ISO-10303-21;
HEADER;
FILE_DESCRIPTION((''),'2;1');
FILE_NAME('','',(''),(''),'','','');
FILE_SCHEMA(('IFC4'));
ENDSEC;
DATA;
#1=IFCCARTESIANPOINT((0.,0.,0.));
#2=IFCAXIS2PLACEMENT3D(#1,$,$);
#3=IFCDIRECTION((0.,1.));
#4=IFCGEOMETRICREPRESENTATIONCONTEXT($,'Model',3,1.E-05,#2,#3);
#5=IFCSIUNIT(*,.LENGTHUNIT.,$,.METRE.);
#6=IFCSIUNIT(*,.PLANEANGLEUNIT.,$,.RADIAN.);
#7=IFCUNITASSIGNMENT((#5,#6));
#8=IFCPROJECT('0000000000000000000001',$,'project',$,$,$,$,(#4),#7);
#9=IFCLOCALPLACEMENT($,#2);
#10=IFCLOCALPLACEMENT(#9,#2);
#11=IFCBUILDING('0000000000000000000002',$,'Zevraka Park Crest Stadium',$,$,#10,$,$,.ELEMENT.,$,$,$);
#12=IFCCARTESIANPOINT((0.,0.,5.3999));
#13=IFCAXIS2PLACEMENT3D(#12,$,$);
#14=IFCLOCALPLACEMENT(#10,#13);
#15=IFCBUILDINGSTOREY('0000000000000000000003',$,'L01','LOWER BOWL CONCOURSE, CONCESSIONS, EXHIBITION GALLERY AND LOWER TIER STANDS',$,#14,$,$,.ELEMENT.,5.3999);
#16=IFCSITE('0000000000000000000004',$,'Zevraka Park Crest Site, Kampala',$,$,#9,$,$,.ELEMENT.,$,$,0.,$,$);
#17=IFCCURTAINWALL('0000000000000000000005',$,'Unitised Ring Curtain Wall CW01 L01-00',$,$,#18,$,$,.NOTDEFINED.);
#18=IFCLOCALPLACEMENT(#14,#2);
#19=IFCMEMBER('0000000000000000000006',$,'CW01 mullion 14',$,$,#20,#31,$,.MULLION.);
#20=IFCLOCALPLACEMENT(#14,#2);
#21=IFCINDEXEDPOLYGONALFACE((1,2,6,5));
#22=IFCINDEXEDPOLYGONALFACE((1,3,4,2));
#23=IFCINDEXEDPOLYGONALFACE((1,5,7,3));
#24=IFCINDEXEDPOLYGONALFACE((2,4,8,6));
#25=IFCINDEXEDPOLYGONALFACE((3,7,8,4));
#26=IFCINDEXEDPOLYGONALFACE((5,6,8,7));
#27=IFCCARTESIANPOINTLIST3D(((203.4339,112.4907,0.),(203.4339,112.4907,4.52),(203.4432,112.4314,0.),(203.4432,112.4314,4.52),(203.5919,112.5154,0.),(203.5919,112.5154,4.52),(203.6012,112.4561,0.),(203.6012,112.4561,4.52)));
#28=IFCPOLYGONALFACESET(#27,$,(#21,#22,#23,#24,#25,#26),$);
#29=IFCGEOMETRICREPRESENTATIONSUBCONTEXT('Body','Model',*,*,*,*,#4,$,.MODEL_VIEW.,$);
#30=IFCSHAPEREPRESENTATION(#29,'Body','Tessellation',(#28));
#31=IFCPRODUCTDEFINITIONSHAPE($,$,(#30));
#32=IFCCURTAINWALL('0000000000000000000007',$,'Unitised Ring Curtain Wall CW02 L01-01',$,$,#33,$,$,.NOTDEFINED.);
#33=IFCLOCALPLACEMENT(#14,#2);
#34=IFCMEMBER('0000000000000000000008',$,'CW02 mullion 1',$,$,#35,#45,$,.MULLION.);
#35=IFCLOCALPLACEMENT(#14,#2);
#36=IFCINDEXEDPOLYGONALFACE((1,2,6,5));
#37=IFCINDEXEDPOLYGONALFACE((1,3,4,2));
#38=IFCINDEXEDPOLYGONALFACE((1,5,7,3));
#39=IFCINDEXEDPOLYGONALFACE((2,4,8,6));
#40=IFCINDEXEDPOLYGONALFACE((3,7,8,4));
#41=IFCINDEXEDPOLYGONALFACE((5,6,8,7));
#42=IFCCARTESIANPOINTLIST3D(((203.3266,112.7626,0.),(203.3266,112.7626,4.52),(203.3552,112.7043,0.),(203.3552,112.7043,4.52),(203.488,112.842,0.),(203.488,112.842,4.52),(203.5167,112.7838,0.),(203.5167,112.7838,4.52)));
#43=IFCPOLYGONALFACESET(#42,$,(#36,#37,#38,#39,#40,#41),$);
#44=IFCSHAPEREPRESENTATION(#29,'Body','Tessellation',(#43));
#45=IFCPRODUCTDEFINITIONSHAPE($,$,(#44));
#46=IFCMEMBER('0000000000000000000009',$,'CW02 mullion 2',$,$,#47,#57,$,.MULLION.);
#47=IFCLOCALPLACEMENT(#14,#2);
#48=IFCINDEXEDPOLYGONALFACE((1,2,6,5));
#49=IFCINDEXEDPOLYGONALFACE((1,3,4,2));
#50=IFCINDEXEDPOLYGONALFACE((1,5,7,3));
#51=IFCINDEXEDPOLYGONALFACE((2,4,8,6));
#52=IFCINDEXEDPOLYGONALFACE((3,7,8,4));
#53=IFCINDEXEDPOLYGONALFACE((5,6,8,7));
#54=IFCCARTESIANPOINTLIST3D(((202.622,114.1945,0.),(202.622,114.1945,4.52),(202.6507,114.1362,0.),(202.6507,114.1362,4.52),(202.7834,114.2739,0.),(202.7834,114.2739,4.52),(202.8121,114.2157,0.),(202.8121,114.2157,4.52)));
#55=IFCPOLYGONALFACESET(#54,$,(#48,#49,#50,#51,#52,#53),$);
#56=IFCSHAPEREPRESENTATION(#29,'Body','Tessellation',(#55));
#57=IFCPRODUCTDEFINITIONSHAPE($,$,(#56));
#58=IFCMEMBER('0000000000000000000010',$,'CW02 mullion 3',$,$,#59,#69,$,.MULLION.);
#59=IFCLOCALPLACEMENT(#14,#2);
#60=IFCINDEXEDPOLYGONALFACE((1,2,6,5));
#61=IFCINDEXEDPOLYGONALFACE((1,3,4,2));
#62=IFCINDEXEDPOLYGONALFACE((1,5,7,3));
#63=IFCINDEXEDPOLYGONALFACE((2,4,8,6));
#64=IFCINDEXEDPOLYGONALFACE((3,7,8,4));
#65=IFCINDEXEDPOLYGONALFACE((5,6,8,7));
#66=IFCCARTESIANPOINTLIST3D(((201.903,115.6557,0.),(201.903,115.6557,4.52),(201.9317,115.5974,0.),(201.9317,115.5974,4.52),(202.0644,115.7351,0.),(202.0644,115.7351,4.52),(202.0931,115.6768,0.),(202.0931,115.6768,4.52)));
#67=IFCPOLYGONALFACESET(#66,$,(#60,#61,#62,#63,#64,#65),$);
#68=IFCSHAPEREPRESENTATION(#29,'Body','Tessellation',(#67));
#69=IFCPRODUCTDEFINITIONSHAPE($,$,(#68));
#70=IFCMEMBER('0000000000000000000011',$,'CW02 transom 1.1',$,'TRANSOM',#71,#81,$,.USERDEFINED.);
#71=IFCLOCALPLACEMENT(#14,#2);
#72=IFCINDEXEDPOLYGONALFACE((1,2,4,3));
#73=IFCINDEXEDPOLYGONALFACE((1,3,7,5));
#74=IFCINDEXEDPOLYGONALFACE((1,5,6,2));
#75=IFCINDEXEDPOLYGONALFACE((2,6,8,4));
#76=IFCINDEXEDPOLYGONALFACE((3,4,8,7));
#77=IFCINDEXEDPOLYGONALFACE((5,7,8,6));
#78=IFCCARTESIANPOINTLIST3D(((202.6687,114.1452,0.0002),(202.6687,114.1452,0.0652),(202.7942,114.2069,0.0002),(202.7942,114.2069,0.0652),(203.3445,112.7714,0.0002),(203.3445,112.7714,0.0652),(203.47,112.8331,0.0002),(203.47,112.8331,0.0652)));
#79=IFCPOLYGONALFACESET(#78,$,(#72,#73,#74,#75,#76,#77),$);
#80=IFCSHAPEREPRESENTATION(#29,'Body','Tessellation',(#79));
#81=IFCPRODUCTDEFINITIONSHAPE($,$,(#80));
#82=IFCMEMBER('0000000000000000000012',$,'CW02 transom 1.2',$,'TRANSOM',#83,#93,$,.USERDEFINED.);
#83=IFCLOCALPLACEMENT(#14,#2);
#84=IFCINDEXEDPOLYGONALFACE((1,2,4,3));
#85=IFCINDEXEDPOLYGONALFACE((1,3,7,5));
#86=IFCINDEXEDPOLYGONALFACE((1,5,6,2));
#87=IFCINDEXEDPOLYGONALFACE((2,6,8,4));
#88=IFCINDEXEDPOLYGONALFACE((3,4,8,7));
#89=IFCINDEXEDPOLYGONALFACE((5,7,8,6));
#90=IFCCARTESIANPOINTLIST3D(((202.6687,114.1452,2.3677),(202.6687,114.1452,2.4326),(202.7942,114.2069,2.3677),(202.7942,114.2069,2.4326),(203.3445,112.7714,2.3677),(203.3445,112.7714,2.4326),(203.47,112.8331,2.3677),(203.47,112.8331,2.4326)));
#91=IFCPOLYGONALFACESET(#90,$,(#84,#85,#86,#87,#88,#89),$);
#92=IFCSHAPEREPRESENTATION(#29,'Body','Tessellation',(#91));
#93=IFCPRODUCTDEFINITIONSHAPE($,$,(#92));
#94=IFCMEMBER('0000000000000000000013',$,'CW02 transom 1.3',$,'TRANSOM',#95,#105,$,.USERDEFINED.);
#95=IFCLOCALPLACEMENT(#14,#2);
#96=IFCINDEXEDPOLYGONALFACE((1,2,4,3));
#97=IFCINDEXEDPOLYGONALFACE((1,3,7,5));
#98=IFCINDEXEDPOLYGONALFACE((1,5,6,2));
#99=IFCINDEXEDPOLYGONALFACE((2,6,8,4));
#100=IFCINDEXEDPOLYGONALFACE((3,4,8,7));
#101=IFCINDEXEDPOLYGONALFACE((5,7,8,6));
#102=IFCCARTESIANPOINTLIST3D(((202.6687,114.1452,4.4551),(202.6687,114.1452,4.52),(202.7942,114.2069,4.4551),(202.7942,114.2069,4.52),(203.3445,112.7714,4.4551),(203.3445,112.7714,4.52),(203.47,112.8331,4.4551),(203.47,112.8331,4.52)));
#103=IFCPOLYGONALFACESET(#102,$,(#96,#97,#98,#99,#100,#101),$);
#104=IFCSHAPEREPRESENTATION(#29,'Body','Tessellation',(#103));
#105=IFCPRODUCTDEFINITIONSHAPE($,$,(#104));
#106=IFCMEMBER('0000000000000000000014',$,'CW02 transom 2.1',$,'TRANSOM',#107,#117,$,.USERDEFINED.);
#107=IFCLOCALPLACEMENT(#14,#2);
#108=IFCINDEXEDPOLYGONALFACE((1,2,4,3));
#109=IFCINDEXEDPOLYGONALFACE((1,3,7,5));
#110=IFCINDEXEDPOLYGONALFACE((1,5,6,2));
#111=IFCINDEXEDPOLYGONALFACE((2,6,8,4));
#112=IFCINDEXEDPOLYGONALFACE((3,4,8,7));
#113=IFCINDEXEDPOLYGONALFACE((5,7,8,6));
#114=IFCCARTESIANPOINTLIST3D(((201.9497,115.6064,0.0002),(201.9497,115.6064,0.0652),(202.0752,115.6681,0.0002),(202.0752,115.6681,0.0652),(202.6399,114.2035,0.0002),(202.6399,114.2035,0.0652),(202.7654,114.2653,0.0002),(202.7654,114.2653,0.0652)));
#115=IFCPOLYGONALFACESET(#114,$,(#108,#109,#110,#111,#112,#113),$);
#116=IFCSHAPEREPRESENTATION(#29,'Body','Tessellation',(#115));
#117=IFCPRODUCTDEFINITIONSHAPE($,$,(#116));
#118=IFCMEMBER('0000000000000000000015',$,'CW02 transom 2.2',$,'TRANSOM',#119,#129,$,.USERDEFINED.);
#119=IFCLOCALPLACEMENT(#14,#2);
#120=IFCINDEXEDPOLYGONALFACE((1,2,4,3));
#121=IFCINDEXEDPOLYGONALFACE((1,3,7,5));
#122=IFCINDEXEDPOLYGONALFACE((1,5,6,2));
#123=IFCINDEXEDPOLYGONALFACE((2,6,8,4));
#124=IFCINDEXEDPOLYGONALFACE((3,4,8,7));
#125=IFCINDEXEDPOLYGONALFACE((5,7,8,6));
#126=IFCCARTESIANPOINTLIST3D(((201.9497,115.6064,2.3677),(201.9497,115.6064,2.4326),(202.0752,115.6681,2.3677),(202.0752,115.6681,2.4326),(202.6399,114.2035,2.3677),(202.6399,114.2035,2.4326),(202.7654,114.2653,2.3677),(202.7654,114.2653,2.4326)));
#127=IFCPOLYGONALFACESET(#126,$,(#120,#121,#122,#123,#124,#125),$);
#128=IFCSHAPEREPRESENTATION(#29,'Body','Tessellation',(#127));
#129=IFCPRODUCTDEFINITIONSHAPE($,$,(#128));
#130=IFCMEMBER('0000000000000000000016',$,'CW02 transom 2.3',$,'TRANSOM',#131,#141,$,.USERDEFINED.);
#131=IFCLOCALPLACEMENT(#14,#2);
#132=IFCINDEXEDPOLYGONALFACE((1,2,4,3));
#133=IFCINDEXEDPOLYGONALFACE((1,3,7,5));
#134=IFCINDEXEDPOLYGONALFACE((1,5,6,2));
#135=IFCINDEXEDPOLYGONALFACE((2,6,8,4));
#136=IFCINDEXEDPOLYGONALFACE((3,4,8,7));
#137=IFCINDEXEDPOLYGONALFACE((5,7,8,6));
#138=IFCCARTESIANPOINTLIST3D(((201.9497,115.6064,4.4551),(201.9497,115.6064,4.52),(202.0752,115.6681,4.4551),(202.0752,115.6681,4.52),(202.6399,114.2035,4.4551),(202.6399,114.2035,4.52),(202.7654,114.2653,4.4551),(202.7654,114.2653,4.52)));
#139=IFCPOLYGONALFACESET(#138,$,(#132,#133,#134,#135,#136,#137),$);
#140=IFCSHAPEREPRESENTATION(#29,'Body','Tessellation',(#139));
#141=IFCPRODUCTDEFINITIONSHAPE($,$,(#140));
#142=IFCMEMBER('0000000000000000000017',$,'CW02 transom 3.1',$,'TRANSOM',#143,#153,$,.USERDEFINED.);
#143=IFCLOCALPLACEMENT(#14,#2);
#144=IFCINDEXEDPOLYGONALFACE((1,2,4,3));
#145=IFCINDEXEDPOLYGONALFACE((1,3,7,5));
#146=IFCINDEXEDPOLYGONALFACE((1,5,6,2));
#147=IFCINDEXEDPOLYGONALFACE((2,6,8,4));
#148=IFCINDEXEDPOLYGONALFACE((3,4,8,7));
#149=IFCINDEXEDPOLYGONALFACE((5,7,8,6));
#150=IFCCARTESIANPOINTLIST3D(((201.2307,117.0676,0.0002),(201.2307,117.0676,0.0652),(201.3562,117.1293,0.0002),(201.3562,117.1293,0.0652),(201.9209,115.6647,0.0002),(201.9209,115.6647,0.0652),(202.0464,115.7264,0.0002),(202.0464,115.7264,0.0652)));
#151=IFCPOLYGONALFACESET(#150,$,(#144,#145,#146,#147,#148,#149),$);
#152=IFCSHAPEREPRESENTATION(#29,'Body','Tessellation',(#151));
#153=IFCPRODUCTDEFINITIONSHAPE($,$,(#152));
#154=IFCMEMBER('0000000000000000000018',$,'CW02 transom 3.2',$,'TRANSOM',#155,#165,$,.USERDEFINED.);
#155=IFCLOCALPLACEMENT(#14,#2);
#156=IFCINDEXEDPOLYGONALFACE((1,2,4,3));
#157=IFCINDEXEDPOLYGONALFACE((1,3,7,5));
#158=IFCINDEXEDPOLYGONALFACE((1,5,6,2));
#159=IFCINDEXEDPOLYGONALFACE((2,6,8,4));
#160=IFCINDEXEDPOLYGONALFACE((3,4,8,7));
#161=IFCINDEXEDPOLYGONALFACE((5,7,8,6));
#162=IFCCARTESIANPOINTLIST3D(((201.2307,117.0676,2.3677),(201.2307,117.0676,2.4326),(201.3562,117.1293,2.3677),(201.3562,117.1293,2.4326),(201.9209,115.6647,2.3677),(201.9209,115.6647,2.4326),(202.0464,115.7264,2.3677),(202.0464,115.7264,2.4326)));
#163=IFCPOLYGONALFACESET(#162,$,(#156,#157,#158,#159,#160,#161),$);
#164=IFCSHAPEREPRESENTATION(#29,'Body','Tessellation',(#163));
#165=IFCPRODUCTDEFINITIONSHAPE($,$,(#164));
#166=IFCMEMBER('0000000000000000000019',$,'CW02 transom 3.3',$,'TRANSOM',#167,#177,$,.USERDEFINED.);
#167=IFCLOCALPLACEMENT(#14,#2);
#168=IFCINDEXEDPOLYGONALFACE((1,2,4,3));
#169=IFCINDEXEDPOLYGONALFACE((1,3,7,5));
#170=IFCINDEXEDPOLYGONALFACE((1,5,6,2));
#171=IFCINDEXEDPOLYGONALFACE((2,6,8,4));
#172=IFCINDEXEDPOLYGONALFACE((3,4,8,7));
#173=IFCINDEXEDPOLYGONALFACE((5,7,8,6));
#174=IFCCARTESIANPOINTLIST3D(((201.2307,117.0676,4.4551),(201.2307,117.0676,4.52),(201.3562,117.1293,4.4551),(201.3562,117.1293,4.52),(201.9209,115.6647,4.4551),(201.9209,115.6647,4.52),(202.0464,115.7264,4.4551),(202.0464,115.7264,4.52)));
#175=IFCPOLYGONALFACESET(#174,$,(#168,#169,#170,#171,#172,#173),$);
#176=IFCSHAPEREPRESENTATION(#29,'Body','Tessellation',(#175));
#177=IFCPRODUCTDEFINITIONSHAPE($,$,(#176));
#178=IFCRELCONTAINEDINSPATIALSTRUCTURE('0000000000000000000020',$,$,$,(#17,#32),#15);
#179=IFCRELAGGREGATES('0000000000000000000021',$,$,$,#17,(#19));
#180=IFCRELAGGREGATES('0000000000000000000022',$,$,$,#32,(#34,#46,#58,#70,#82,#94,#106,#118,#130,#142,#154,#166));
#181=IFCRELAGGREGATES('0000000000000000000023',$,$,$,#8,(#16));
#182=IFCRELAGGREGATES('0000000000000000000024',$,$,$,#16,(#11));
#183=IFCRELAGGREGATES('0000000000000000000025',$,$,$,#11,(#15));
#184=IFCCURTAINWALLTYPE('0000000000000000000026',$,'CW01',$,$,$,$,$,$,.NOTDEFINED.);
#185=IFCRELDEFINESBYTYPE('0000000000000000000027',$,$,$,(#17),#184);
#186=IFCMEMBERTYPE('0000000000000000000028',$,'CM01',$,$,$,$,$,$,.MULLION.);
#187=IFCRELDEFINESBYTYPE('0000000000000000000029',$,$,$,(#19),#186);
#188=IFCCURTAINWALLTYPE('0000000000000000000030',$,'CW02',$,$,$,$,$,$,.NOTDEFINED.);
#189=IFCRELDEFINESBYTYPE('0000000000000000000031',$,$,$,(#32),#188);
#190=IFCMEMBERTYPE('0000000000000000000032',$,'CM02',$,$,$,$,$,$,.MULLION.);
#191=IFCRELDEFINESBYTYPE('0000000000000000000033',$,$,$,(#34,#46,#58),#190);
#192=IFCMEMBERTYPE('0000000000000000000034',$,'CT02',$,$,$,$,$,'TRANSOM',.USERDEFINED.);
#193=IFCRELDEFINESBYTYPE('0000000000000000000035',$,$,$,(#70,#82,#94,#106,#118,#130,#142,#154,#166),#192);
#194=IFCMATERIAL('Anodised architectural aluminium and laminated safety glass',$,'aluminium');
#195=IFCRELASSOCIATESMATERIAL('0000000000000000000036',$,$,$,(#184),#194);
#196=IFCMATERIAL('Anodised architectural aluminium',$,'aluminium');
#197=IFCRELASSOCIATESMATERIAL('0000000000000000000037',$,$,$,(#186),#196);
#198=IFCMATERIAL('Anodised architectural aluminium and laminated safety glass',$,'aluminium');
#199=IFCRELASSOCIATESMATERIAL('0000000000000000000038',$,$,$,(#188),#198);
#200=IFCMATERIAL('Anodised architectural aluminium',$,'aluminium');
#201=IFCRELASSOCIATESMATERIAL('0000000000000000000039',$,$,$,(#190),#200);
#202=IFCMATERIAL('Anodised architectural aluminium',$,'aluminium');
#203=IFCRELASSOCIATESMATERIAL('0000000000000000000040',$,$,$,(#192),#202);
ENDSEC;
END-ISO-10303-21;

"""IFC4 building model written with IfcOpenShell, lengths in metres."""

from ifc_helpers import new_model, si_unit, direction, frame, origin, origin_2d, place, context, subcontext, project, spatial, rectangle, extrude, material, material_profile, profile_set, type_object, element, aggregate, save


model = new_model("IFC4")

# Units and contexts
model_context = context("Model", 3, precision=1e-05, world=origin(), true_north=direction((0.0, 1.0)))
body_context = subcontext(model_context, "Body", "Model", "MODEL_VIEW")
ifc_project = project(units=[si_unit("LENGTHUNIT", "METRE"), si_unit("PLANEANGLEUNIT", "RADIAN")], contexts=[model_context])

# Site, building, storey
site_placement = place(None, origin())
site = spatial("IfcSite", under=ifc_project, at=site_placement, Name="Zevraka Park Crest Site, Kampala", CompositionType="ELEMENT", RefElevation=0.0)
building_placement = place(site_placement, origin())
building = spatial("IfcBuilding", under=site, at=building_placement, Name="Zevraka Park Crest Stadium", CompositionType="ELEMENT")
storey_placement = place(building_placement, frame((0.0, 0.0, 5.3999)))
storey = spatial("IfcBuildingStorey", under=building, at=storey_placement, Name="L01", Description="LOWER BOWL CONCOURSE, CONCESSIONS, EXHIBITION GALLERY AND LOWER TIER STANDS", CompositionType="ELEMENT", Elevation=5.3999)

# Curtain wall, member
ifc_material_1 = material(Name="Anodised architectural aluminium and laminated safety glass", Category="aluminium")
curtain_wall_type_1 = type_object("IfcCurtainWallType", Name="CW01", PredefinedType="NOTDEFINED", material=ifc_material_1)
curtain_wall_1_placement = place(storey_placement, origin())
curtain_wall_1 = element("IfcCurtainWall", 1, at=curtain_wall_1_placement, inside=storey, type_object=curtain_wall_type_1, Name="Unitised Ring Curtain Wall CW01 L01-00", PredefinedType="NOTDEFINED")
ifc_material_2 = material(Name="Anodised architectural aluminium", Category="aluminium")
ifc_material_profile_1 = material_profile(ifc_material_2, rectangle(XDim=0.1599, YDim=0.0601, at=origin_2d()), Name="ALU MULLION 160x60")
ifc_profile_set_1 = profile_set([ifc_material_profile_1], Name="Anodised architectural aluminium")
member_type_1 = type_object("IfcMemberType", Name="CM01", PredefinedType="MULLION", material=ifc_profile_set_1)
member_1_placement = place(storey_placement, frame((203.5176, 112.4734, 0.0), z_axis=(0.0, 0.0, 1.0), x_axis=(-0.987997, -0.154476, 0.0)))
member_1 = element("IfcMember", 2, at=member_1_placement, type_object=member_type_1, Name="CW01 mullion 14", PredefinedType="MULLION", context=body_context, shape_type="SweptSolid", body=[
    extrude(rectangle(XDim=0.1599, YDim=0.0601, at=origin_2d()), origin(), (0.0, 0.0, 1.0), 4.52),
])
aggregate(curtain_wall_1, [member_1])

# Curtain wall, members
ifc_material_3 = material(Name="Anodised architectural aluminium and laminated safety glass", Category="aluminium")
curtain_wall_type_2 = type_object("IfcCurtainWallType", Name="CW02", PredefinedType="NOTDEFINED", material=ifc_material_3)
curtain_wall_2_placement = place(storey_placement, origin())
curtain_wall_2 = element("IfcCurtainWall", 3, at=curtain_wall_2_placement, inside=storey, type_object=curtain_wall_type_2, Name="Unitised Ring Curtain Wall CW02 L01-01", PredefinedType="NOTDEFINED")
ifc_material_4 = material(Name="Anodised architectural aluminium", Category="aluminium")
ifc_material_profile_2 = material_profile(ifc_material_4, rectangle(XDim=0.1799, YDim=0.0649, at=origin_2d()), Name="ALU MULLION 180x65")
ifc_profile_set_2 = profile_set([ifc_material_profile_2], Name="Anodised architectural aluminium")
member_type_2 = type_object("IfcMemberType", Name="CM02", PredefinedType="MULLION", material=ifc_profile_set_2)
member_2_placement = place(storey_placement, frame((203.4216, 112.7732, 0.0), z_axis=(0.0, 0.0, 1.0), x_axis=(-0.897253, -0.441517, 0.0)))
member_2 = element("IfcMember", 4, at=member_2_placement, type_object=member_type_2, Name="CW02 mullion 1", PredefinedType="MULLION", context=body_context, shape_type="SweptSolid", body=[
    extrude(rectangle(XDim=0.1799, YDim=0.0649, at=origin_2d()), origin(), (0.0, 0.0, 1.0), 4.52),
])
member_3_placement = place(storey_placement, frame((202.717, 114.2051, 0.0), z_axis=(0.0, 0.0, 1.0), x_axis=(-0.897253, -0.441517, 0.0)))
member_3 = element("IfcMember", 5, at=member_3_placement, type_object=member_type_2, Name="CW02 mullion 2", PredefinedType="MULLION", context=body_context, shape_type="SweptSolid", body=[
    extrude(rectangle(XDim=0.1799, YDim=0.0649, at=origin_2d()), origin(), (0.0, 0.0, 1.0), 4.52),
])
member_4_placement = place(storey_placement, frame((201.998, 115.6663, 0.0), z_axis=(0.0, 0.0, 1.0), x_axis=(-0.897253, -0.441517, 0.0)))
member_4 = element("IfcMember", 6, at=member_4_placement, type_object=member_type_2, Name="CW02 mullion 3", PredefinedType="MULLION", context=body_context, shape_type="SweptSolid", body=[
    extrude(rectangle(XDim=0.1799, YDim=0.0649, at=origin_2d()), origin(), (0.0, 0.0, 1.0), 4.52),
])
ifc_material_5 = material(Name="Anodised architectural aluminium", Category="aluminium")
ifc_material_profile_3 = material_profile(ifc_material_5, rectangle(XDim=0.1399, YDim=0.0649, at=origin_2d()), Name="ALU TRANSOM 140x65")
ifc_profile_set_3 = profile_set([ifc_material_profile_3], Name="Anodised architectural aluminium")
member_type_3 = type_object("IfcMemberType", Name="CT02", ElementType="TRANSOM", PredefinedType="USERDEFINED", material=ifc_profile_set_3)
member_5_placement = place(storey_placement, frame((203.4072, 112.8022, 0.0327), z_axis=(-0.4414, 0.897311, 0.0), x_axis=(-0.897311, -0.4414, 0.0)))
member_5 = element("IfcMember", 7, at=member_5_placement, type_object=member_type_3, Name="CW02 transom 1.1", ObjectType="TRANSOM", PredefinedType="USERDEFINED", context=body_context, shape_type="SweptSolid", body=[
    extrude(rectangle(XDim=0.1399, YDim=0.0649, at=origin_2d()), origin(), (0.0, 0.0, 1.0), 1.531),
])
member_6_placement = place(storey_placement, frame((203.4072, 112.8022, 2.4001), z_axis=(-0.4414, 0.897311, 0.0), x_axis=(-0.897311, -0.4414, 0.0)))
member_6 = element("IfcMember", 8, at=member_6_placement, type_object=member_type_3, Name="CW02 transom 1.2", ObjectType="TRANSOM", PredefinedType="USERDEFINED", context=body_context, shape_type="SweptSolid", body=[
    extrude(rectangle(XDim=0.1399, YDim=0.0649, at=origin_2d()), origin(), (0.0, 0.0, 1.0), 1.531),
])
member_7_placement = place(storey_placement, frame((203.4072, 112.8022, 4.4875), z_axis=(-0.4414, 0.897311, 0.0), x_axis=(-0.897311, -0.4414, 0.0)))
member_7 = element("IfcMember", 9, at=member_7_placement, type_object=member_type_3, Name="CW02 transom 1.3", ObjectType="TRANSOM", PredefinedType="USERDEFINED", context=body_context, shape_type="SweptSolid", body=[
    extrude(rectangle(XDim=0.1399, YDim=0.0649, at=origin_2d()), origin(), (0.0, 0.0, 1.0), 1.531),
])
member_8_placement = place(storey_placement, frame((202.7026, 114.2344, 0.0327), z_axis=(-0.441458, 0.897282, 0.0), x_axis=(-0.897282, -0.441458, 0.0)))
member_8 = element("IfcMember", 10, at=member_8_placement, type_object=member_type_3, Name="CW02 transom 2.1", ObjectType="TRANSOM", PredefinedType="USERDEFINED", context=body_context, shape_type="SweptSolid", body=[
    extrude(rectangle(XDim=0.1399, YDim=0.0649, at=origin_2d()), origin(), (0.0, 0.0, 1.0), 1.5635),
])
member_9_placement = place(storey_placement, frame((202.7026, 114.2344, 2.4001), z_axis=(-0.441458, 0.897282, 0.0), x_axis=(-0.897282, -0.441458, 0.0)))
member_9 = element("IfcMember", 11, at=member_9_placement, type_object=member_type_3, Name="CW02 transom 2.2", ObjectType="TRANSOM", PredefinedType="USERDEFINED", context=body_context, shape_type="SweptSolid", body=[
    extrude(rectangle(XDim=0.1399, YDim=0.0649, at=origin_2d()), origin(), (0.0, 0.0, 1.0), 1.5635),
])
member_10_placement = place(storey_placement, frame((202.7026, 114.2344, 4.4875), z_axis=(-0.441458, 0.897282, 0.0), x_axis=(-0.897282, -0.441458, 0.0)))
member_10 = element("IfcMember", 12, at=member_10_placement, type_object=member_type_3, Name="CW02 transom 2.3", ObjectType="TRANSOM", PredefinedType="USERDEFINED", context=body_context, shape_type="SweptSolid", body=[
    extrude(rectangle(XDim=0.1399, YDim=0.0649, at=origin_2d()), origin(), (0.0, 0.0, 1.0), 1.5635),
])
member_11_placement = place(storey_placement, frame((201.9836, 115.6956, 0.0327), z_axis=(-0.441458, 0.897282, 0.0), x_axis=(-0.897282, -0.441458, 0.0)))
member_11 = element("IfcMember", 13, at=member_11_placement, type_object=member_type_3, Name="CW02 transom 3.1", ObjectType="TRANSOM", PredefinedType="USERDEFINED", context=body_context, shape_type="SweptSolid", body=[
    extrude(rectangle(XDim=0.1399, YDim=0.0649, at=origin_2d()), origin(), (0.0, 0.0, 1.0), 1.5635),
])
member_12_placement = place(storey_placement, frame((201.9836, 115.6956, 2.4001), z_axis=(-0.441458, 0.897282, 0.0), x_axis=(-0.897282, -0.441458, 0.0)))
member_12 = element("IfcMember", 14, at=member_12_placement, type_object=member_type_3, Name="CW02 transom 3.2", ObjectType="TRANSOM", PredefinedType="USERDEFINED", context=body_context, shape_type="SweptSolid", body=[
    extrude(rectangle(XDim=0.1399, YDim=0.0649, at=origin_2d()), origin(), (0.0, 0.0, 1.0), 1.5635),
])
member_13_placement = place(storey_placement, frame((201.9836, 115.6956, 4.4875), z_axis=(-0.441458, 0.897282, 0.0), x_axis=(-0.897282, -0.441458, 0.0)))
member_13 = element("IfcMember", 15, at=member_13_placement, type_object=member_type_3, Name="CW02 transom 3.3", ObjectType="TRANSOM", PredefinedType="USERDEFINED", context=body_context, shape_type="SweptSolid", body=[
    extrude(rectangle(XDim=0.1399, YDim=0.0649, at=origin_2d()), origin(), (0.0, 0.0, 1.0), 1.5635),
])

aggregate(curtain_wall_2, [member_2, member_3, member_4, member_5, member_6, member_7, member_8, member_9, member_10, member_11, member_12, member_13])

save(model, "model.ifc")
